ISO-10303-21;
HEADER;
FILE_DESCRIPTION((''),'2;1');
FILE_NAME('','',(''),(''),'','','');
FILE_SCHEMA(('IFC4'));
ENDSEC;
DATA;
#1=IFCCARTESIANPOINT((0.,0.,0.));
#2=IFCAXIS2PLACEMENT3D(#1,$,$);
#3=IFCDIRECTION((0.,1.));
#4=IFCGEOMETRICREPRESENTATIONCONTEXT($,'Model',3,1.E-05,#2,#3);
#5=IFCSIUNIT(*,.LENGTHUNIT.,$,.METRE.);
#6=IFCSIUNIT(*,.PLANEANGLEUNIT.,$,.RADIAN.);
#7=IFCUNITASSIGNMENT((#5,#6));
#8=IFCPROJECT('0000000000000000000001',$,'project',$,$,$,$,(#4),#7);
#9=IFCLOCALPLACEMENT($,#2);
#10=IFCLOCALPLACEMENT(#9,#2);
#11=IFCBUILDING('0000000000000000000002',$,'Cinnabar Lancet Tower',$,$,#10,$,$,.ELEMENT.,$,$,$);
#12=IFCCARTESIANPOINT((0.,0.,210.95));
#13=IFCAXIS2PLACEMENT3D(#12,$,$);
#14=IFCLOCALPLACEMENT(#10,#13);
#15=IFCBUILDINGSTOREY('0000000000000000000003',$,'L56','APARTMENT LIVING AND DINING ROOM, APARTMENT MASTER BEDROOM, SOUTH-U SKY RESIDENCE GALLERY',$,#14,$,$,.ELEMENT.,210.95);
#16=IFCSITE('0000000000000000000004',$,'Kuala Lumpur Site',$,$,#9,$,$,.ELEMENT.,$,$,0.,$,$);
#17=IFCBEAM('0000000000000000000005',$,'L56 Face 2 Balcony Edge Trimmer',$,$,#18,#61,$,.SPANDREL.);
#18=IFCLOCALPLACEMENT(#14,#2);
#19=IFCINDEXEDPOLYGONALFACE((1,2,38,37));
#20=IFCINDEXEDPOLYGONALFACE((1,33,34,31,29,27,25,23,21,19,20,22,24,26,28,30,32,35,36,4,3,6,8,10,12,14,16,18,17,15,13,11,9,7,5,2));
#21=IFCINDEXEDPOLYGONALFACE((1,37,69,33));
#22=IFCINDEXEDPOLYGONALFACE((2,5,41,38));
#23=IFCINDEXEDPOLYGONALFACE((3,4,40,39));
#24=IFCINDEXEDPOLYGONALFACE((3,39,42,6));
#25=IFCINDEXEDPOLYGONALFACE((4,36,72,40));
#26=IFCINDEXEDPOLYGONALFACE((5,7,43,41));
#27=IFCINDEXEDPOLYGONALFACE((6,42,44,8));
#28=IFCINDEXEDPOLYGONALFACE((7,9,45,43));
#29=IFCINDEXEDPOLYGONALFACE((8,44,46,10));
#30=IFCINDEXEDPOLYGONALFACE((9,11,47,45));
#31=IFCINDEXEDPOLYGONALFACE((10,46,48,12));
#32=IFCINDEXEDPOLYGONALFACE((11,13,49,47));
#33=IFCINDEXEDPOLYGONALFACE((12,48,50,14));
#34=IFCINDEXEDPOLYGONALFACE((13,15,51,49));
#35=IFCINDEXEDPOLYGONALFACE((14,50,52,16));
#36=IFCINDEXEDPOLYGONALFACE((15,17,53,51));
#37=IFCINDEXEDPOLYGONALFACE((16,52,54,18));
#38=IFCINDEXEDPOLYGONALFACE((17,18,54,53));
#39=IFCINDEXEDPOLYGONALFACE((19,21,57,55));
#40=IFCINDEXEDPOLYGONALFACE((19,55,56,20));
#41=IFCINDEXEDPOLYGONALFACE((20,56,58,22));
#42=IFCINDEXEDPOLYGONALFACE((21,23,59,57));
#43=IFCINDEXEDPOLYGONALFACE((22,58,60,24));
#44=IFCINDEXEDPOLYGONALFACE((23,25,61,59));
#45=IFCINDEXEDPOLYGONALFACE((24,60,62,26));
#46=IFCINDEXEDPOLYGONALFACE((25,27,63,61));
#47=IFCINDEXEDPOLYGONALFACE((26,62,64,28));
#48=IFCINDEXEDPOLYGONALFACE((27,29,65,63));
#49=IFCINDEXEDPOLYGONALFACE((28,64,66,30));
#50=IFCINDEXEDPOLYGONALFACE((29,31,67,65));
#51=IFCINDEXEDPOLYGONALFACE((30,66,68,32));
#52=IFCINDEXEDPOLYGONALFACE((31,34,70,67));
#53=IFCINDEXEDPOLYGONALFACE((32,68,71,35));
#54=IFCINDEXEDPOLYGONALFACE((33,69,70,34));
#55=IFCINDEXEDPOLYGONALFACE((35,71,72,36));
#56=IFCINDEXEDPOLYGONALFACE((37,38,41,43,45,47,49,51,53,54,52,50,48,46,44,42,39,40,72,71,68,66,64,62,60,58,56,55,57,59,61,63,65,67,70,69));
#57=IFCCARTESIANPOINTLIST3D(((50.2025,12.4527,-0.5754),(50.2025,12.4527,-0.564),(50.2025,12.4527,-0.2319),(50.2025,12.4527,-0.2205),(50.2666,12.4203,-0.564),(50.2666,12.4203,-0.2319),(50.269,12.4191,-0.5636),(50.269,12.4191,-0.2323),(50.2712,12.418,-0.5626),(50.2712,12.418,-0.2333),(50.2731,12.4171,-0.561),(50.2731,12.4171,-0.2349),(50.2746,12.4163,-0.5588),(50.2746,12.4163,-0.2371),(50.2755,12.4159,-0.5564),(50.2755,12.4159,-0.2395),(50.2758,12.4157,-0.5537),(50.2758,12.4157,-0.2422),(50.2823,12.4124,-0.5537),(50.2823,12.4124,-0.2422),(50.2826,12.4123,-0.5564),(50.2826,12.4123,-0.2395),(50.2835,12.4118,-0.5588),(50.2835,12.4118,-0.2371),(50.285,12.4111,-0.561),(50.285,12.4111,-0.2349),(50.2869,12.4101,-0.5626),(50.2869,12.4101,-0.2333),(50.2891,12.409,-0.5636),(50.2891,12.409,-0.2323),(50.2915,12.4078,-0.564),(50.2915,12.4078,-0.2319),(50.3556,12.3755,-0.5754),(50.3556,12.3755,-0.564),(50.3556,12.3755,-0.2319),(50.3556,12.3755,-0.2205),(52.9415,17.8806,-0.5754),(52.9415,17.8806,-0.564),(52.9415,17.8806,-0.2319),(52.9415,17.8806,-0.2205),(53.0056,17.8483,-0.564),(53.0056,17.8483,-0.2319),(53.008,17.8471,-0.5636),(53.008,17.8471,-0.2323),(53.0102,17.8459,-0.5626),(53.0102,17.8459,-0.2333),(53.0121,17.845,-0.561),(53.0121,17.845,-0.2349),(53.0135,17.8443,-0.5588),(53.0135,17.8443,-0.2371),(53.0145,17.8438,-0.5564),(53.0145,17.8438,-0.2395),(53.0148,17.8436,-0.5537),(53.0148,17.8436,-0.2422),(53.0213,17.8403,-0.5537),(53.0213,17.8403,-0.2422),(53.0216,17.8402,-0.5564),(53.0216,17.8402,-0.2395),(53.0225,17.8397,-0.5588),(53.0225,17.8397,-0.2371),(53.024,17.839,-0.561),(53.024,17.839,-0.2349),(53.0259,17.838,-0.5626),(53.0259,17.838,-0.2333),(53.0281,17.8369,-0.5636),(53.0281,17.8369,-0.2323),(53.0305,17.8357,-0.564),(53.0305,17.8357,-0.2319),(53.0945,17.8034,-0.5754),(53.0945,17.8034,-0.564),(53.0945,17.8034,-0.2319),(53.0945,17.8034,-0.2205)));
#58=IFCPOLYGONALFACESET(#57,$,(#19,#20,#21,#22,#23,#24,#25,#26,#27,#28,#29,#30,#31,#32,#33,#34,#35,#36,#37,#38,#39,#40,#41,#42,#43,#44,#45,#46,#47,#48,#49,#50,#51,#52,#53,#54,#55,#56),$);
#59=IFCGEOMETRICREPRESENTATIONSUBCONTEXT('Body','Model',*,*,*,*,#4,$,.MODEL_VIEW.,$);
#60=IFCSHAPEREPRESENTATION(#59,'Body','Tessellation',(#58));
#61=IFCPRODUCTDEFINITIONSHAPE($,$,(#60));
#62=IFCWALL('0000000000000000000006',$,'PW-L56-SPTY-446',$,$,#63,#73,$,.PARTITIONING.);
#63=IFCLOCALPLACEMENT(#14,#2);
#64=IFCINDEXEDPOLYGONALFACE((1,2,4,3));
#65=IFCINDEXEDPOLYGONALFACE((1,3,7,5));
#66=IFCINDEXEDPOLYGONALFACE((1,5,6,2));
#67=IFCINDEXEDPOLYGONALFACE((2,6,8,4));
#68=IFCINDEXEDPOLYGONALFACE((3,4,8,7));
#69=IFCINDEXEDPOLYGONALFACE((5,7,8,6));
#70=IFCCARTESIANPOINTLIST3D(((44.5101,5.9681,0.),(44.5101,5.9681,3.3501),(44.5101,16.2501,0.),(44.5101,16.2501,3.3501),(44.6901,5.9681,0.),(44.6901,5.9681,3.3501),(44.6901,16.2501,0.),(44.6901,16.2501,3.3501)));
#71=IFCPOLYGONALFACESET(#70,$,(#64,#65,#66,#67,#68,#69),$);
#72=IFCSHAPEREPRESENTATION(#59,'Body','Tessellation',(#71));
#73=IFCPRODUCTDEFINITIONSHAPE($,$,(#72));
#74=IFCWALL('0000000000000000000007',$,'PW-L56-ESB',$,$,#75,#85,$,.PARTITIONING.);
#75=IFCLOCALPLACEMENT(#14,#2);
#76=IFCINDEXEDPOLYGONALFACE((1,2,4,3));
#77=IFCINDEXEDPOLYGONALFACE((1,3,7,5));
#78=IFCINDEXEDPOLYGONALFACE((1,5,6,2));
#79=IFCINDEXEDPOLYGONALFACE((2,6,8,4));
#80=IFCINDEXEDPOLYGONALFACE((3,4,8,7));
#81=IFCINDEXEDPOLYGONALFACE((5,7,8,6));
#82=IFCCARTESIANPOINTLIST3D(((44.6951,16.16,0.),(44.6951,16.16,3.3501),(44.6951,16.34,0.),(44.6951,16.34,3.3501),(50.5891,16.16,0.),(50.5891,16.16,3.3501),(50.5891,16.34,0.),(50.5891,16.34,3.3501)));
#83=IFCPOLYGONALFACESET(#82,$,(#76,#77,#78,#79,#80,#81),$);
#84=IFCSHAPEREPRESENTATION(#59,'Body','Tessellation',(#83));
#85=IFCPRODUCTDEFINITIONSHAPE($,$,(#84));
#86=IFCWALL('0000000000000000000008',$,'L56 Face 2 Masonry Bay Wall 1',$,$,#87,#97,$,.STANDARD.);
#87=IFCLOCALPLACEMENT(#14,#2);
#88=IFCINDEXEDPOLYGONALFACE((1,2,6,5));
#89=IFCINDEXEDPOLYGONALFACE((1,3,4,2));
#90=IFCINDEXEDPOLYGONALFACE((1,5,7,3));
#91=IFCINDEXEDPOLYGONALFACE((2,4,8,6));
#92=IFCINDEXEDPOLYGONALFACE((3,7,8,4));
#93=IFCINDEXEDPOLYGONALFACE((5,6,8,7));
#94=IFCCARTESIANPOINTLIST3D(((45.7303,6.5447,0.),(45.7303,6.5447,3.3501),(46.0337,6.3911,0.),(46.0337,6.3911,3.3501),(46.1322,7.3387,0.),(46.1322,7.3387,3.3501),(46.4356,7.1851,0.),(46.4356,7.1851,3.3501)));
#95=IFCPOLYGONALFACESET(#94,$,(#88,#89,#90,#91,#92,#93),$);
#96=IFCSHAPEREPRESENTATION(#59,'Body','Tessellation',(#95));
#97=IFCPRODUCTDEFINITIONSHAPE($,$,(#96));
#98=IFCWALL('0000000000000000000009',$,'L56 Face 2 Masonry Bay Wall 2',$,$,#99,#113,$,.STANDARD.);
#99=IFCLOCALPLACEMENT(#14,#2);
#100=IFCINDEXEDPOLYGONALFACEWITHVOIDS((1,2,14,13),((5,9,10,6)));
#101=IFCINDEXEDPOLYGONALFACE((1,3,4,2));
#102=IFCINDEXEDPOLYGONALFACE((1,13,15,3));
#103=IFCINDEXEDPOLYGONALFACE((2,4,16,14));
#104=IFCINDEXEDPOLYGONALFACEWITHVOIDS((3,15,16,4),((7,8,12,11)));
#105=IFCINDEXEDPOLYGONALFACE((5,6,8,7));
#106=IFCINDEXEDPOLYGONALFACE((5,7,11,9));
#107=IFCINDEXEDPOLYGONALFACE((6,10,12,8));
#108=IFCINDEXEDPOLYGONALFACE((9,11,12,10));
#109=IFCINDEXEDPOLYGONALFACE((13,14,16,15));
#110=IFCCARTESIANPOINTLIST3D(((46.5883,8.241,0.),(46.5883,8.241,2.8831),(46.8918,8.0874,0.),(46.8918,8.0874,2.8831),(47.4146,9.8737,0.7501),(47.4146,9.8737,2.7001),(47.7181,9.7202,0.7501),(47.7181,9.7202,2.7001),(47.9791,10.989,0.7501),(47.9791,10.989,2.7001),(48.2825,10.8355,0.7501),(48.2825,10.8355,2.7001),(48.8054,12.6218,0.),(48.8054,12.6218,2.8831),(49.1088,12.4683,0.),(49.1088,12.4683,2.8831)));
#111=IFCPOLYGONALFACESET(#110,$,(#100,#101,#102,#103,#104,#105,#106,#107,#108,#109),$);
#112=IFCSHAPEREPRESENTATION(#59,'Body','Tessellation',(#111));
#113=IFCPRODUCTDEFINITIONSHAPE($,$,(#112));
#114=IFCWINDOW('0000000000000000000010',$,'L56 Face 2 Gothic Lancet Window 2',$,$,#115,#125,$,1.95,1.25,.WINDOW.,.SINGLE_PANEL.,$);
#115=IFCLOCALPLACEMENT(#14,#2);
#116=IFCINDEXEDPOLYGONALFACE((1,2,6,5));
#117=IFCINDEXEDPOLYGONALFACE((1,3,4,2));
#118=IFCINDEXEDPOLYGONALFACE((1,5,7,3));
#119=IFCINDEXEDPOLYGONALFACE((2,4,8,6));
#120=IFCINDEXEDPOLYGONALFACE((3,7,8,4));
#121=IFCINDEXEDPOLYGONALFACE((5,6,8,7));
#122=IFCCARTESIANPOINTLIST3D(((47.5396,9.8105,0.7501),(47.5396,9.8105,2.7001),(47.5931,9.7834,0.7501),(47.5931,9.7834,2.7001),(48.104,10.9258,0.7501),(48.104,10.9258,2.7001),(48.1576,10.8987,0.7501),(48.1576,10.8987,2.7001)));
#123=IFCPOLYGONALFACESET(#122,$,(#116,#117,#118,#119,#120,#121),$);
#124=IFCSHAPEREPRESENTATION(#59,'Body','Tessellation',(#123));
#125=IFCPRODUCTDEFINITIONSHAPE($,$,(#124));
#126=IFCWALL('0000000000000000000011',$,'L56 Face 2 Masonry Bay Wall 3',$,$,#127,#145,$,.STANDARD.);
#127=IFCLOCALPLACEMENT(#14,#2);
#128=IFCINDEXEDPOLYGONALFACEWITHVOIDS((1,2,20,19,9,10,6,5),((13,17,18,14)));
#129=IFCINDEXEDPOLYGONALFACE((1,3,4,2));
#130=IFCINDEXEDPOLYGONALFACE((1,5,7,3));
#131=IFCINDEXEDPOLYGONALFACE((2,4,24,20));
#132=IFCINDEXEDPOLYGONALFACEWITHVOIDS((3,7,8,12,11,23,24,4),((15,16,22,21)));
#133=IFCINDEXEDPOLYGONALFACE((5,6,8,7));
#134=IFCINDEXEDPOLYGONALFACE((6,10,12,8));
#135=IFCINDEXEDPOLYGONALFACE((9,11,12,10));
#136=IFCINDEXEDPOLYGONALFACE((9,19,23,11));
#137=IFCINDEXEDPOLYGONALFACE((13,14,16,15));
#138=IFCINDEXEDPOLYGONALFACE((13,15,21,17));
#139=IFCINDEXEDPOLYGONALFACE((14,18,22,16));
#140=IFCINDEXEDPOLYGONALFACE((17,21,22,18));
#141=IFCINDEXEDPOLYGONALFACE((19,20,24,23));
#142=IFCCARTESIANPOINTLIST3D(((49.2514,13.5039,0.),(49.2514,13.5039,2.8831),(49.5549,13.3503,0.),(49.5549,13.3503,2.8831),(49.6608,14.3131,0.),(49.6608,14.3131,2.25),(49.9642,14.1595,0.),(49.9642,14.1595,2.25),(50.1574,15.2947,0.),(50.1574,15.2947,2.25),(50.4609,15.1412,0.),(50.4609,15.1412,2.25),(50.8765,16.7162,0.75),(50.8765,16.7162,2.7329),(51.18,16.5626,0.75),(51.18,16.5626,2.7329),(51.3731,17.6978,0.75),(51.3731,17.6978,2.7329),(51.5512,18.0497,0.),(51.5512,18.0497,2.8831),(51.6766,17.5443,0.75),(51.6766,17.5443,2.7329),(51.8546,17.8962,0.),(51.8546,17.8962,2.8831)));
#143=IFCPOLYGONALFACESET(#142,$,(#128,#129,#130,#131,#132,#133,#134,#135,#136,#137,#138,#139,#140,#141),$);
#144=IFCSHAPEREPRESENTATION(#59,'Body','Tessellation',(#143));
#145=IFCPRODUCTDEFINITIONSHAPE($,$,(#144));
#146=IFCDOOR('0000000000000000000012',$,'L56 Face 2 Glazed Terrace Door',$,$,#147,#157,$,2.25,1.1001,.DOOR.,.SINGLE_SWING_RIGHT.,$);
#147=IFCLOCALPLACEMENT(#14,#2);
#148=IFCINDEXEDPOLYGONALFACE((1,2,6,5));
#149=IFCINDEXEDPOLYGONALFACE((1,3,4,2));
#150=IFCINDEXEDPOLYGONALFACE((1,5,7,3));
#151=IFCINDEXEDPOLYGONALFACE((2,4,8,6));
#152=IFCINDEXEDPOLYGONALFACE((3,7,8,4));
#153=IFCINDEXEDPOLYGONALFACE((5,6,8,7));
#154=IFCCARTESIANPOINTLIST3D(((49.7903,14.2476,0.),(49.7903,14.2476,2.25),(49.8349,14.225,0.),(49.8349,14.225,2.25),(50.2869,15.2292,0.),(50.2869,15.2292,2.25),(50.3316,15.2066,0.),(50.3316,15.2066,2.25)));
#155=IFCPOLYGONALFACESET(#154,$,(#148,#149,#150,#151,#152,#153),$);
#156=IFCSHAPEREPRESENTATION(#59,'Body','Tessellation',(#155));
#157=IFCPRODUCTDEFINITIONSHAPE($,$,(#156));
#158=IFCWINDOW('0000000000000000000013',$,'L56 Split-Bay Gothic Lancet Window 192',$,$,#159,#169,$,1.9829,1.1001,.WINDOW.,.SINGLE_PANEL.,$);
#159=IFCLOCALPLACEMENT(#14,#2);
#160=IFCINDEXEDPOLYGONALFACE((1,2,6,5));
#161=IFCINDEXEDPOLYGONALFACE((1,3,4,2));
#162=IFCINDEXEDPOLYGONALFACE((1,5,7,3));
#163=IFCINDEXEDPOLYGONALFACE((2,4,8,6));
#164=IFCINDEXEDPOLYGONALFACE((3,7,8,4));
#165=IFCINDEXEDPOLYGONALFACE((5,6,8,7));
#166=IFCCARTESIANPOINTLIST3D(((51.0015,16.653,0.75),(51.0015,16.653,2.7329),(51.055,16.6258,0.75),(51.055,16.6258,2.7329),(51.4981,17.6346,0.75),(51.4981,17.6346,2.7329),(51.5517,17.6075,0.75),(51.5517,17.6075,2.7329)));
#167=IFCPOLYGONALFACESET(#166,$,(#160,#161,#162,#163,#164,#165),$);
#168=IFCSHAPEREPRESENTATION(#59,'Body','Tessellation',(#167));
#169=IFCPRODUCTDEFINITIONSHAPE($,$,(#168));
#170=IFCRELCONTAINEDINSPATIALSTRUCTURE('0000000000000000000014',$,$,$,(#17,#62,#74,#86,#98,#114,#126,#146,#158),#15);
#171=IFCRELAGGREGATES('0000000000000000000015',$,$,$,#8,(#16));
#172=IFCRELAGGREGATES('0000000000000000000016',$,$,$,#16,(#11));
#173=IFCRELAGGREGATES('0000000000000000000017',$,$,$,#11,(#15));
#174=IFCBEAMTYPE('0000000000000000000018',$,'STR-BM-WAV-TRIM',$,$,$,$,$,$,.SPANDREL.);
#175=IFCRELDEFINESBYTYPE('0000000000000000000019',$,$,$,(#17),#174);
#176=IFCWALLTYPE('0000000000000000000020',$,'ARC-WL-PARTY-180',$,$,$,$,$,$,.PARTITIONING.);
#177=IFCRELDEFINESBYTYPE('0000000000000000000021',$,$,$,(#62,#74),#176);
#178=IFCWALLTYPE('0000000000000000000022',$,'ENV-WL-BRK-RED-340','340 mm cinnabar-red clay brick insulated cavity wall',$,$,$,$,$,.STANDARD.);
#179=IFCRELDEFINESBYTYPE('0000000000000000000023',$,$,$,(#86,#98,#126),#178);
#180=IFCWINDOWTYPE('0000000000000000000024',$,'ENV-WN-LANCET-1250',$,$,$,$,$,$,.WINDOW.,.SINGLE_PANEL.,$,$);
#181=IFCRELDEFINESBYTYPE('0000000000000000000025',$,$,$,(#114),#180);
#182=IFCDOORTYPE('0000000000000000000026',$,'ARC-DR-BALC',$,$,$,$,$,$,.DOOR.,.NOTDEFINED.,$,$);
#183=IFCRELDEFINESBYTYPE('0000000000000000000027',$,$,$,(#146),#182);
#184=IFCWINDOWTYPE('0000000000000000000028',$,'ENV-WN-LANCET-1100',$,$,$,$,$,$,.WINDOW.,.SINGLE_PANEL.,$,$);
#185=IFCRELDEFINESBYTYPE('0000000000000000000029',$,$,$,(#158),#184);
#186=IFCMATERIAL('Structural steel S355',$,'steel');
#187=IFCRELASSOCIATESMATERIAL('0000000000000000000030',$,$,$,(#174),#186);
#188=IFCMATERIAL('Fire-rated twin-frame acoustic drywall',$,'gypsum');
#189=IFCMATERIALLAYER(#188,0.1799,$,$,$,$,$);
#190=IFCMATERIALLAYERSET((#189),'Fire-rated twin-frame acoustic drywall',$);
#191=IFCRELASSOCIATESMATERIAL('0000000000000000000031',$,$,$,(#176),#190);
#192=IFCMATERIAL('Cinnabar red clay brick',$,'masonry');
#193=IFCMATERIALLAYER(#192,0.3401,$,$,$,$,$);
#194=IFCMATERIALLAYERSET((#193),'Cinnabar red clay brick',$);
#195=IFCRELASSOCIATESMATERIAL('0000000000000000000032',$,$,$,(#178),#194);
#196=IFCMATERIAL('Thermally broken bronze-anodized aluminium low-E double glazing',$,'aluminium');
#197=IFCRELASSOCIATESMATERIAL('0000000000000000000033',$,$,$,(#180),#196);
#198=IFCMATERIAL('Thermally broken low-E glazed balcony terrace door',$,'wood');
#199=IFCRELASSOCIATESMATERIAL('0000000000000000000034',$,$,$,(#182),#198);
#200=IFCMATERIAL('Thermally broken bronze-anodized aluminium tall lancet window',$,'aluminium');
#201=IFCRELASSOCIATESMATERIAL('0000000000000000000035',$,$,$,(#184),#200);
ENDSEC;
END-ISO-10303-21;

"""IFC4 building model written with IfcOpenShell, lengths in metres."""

from ifc_helpers import new_model, si_unit, direction, frame, frame_2d, origin, origin_2d, place, context, subcontext, project, spatial, rectangle, i_section, extrude, material, layer, layer_set, material_profile, profile_set, type_object, element, fill, save


model = new_model("IFC4")

# Units and contexts
model_context = context("Model", 3, precision=1e-05, world=origin(), true_north=direction((0.0, 1.0)))
body_context = subcontext(model_context, "Body", "Model", "MODEL_VIEW")
ifc_project = project(units=[si_unit("LENGTHUNIT", "METRE"), si_unit("PLANEANGLEUNIT", "RADIAN")], contexts=[model_context])

# Site, building, storey
site_placement = place(None, origin())
site = spatial("IfcSite", under=ifc_project, at=site_placement, Name="Kuala Lumpur Site", CompositionType="ELEMENT", RefElevation=0.0)
building_placement = place(site_placement, origin())
building = spatial("IfcBuilding", under=site, at=building_placement, Name="Cinnabar Lancet Tower", CompositionType="ELEMENT")
storey_placement = place(building_placement, frame((0.0, 0.0, 210.95)))
storey = spatial("IfcBuildingStorey", under=building, at=storey_placement, Name="L56", Description="APARTMENT LIVING AND DINING ROOM, APARTMENT MASTER BEDROOM, SOUTH-U SKY RESIDENCE GALLERY", CompositionType="ELEMENT", Elevation=210.95)

# Beam
ifc_material_1 = material(Name="Structural steel S355", Category="steel")
ifc_material_profile_1 = material_profile(ifc_material_1, i_section(OverallWidth=0.1714, OverallDepth=0.355, WebThickness=0.0073, FlangeThickness=0.0115, FilletRadius=0.0103, at=origin_2d()), Name="UKB 356x171x51")
ifc_profile_set_1 = profile_set([ifc_material_profile_1], Name="Structural steel S355")
beam_type_1 = type_object("IfcBeamType", Name="STR-BM-WAV-TRIM", PredefinedType="SPANDREL", material=ifc_profile_set_1)
beam_1_placement = place(storey_placement, frame((50.2791, 12.4141, -0.3979), z_axis=(0.450503, 0.892775, 0.0), x_axis=(-0.892775, 0.450503, 0.0)))
element("IfcBeam", 1, at=beam_1_placement, inside=storey, type_object=beam_type_1, Name="L56 Face 2 Balcony Edge Trimmer", PredefinedType="SPANDREL", context=body_context, shape_type="SweptSolid", body=[
    extrude(i_section(OverallWidth=0.1714, OverallDepth=0.355, WebThickness=0.0073, FlangeThickness=0.0115, FilletRadius=0.0103, at=origin_2d()), origin(), (0.0, 0.0, 1.0), 6.0798),
])

# Walls
ifc_material_2 = material(Name="Fire-rated twin-frame acoustic drywall", Category="gypsum")
ifc_layer_1 = layer(ifc_material_2, 0.1799)
ifc_layer_set_1 = layer_set([ifc_layer_1], Name="Fire-rated twin-frame acoustic drywall")
wall_type_1 = type_object("IfcWallType", Name="ARC-WL-PARTY-180", PredefinedType="PARTITIONING", material=ifc_layer_set_1)
wall_1_placement = place(storey_placement, frame((44.6001, 5.968, 0.0), z_axis=(0.0, 0.0, 1.0), x_axis=(0.0, 1.0, 0.0)))
element("IfcWall", 2, at=wall_1_placement, inside=storey, type_object=wall_type_1, Name="PW-L56-SPTY-446", PredefinedType="PARTITIONING", context=body_context, shape_type="SweptSolid", body=[
    extrude(rectangle(XDim=10.282, YDim=0.1799, at=frame_2d((5.1411, 0.0))), origin(), (0.0, 0.0, 1.0), 3.3501),
])
wall_2_placement = place(storey_placement, frame((44.6951, 16.25, 0.0), z_axis=(0.0, 0.0, 1.0), x_axis=(1.0, 0.0, 0.0)))
element("IfcWall", 3, at=wall_2_placement, inside=storey, type_object=wall_type_1, Name="PW-L56-ESB", PredefinedType="PARTITIONING", context=body_context, shape_type="SweptSolid", body=[
    extrude(rectangle(XDim=5.894, YDim=0.1799, at=frame_2d((2.947, 0.0))), origin(), (0.0, 0.0, 1.0), 3.3501),
])
ifc_material_3 = material(Name="Cinnabar red clay brick", Category="masonry")
ifc_layer_2 = layer(ifc_material_3, 0.3401)
ifc_layer_set_2 = layer_set([ifc_layer_2], Name="Cinnabar red clay brick")
wall_type_2 = type_object("IfcWallType", Name="ENV-WL-BRK-RED-340", Description="340 mm cinnabar-red clay brick insulated cavity wall", PredefinedType="STANDARD", material=ifc_layer_set_2)
wall_3_placement = place(storey_placement, frame((45.8821, 6.468, 0.0), z_axis=(0.0, 0.0, 1.0), x_axis=(0.451598, 0.892222, 0.0)))
element("IfcWall", 4, at=wall_3_placement, inside=storey, type_object=wall_type_2, Name="L56 Face 2 Masonry Bay Wall 1", PredefinedType="STANDARD", context=body_context, shape_type="SweptSolid", body=[
    extrude(rectangle(XDim=0.8899, YDim=0.3401, at=frame_2d((0.4448, 0.0))), origin(), (0.0, 0.0, 1.0), 3.3501),
])

# Wall, opening, window
wall_4_placement = place(storey_placement, frame((46.74, 8.1641, 0.0), z_axis=(0.0, 0.0, 1.0), x_axis=(0.451544, 0.892249, 0.0)))
wall_4 = element("IfcWall", 5, at=wall_4_placement, inside=storey, type_object=wall_type_2, Name="L56 Face 2 Masonry Bay Wall 2", PredefinedType="STANDARD", context=body_context, shape_type="SweptSolid", body=[
    extrude(rectangle(XDim=4.9099, YDim=0.3401, at=frame_2d((2.4551, 0.0))), origin(), (0.0, 0.0, 1.0), 2.8831),
])
opening_1_placement = place(wall_4_placement, frame((1.8301, 0.0, 0.75)))
opening_1 = element("IfcOpeningElement", 6, at=opening_1_placement, cuts=wall_4, PredefinedType="OPENING", context=body_context, shape_type="SweptSolid", body=[
    extrude(rectangle(XDim=1.25, YDim=1.95, at=frame_2d((0.625, 0.9751))), frame((0.0, 0.1799, 0.0), z_axis=(0.0, -1.0, 0.0), x_axis=(1.0, 0.0, 0.0)), (0.0, 0.0, 1.0), 0.3601),
])
ifc_material_4 = material(Name="Thermally broken bronze-anodized aluminium low-E double glazing", Category="aluminium")
window_type_1 = type_object("IfcWindowType", Name="ENV-WN-LANCET-1250", PartitioningType="SINGLE_PANEL", PredefinedType="WINDOW", material=ifc_material_4)
window_1_placement = place(opening_1_placement, origin())
window_1 = element("IfcWindow", 7, at=window_1_placement, inside=storey, type_object=window_type_1, Name="L56 Face 2 Gothic Lancet Window 2", OverallHeight=1.95, OverallWidth=1.25, PartitioningType="SINGLE_PANEL", PredefinedType="WINDOW", context=body_context, shape_type="SweptSolid", body=[
    extrude(rectangle(XDim=1.25, YDim=1.95, at=frame_2d((0.625, 0.9751))), frame((0.0, 0.03, 0.0), z_axis=(0.0, -1.0, 0.0), x_axis=(1.0, 0.0, 0.0)), (0.0, 0.0, 1.0), 0.0601),
])
fill(opening_1, window_1)

# Wall, openings, door, window
wall_5_placement = place(storey_placement, frame((49.4031, 13.427, 0.0), z_axis=(0.0, 0.0, 1.0), x_axis=(0.451426, 0.892309, 0.0)))
wall_5 = element("IfcWall", 8, at=wall_5_placement, inside=storey, type_object=wall_type_2, Name="L56 Face 2 Masonry Bay Wall 3", PredefinedType="STANDARD", context=body_context, shape_type="SweptSolid", body=[
    extrude(rectangle(XDim=5.0945, YDim=0.3401, at=frame_2d((2.5474, 0.0))), origin(), (0.0, 0.0, 1.0), 2.8831),
])
opening_2_placement = place(wall_5_placement, frame((0.907, 0.0, 0.0)))
opening_2 = element("IfcOpeningElement", 9, at=opening_2_placement, cuts=wall_5, PredefinedType="OPENING", context=body_context, shape_type="SweptSolid", body=[
    extrude(rectangle(XDim=1.1001, YDim=2.25, at=frame_2d((0.55, 1.125))), frame((0.0, 0.1799, 0.0), z_axis=(0.0, -1.0, 0.0), x_axis=(1.0, 0.0, 0.0)), (0.0, 0.0, 1.0), 0.3601),
])
opening_3_placement = place(wall_5_placement, frame((3.6001, 0.0, 0.75)))
opening_3 = element("IfcOpeningElement", 10, at=opening_3_placement, cuts=wall_5, PredefinedType="OPENING", context=body_context, shape_type="SweptSolid", body=[
    extrude(rectangle(XDim=1.1001, YDim=1.9829, at=frame_2d((0.55, 0.9915))), frame((0.0, 0.1799, 0.0), z_axis=(0.0, -1.0, 0.0), x_axis=(1.0, 0.0, 0.0)), (0.0, 0.0, 1.0), 0.3601),
])
ifc_material_5 = material(Name="Thermally broken low-E glazed balcony terrace door", Category="wood")
door_type = type_object("IfcDoorType", Name="ARC-DR-BALC", OperationType="NOTDEFINED", PredefinedType="DOOR", material=ifc_material_5)
door_placement = place(opening_2_placement, origin())
door = element("IfcDoor", 11, at=door_placement, inside=storey, type_object=door_type, Name="L56 Face 2 Glazed Terrace Door", OperationType="SINGLE_SWING_RIGHT", OverallHeight=2.25, OverallWidth=1.1001, PredefinedType="DOOR", context=body_context, shape_type="SweptSolid", body=[
    extrude(rectangle(XDim=1.1001, YDim=2.25, at=frame_2d((0.55, 1.125))), frame((0.0, 0.0249, 0.0), z_axis=(0.0, -1.0, 0.0), x_axis=(1.0, 0.0, 0.0)), (0.0, 0.0, 1.0), 0.05),
])
fill(opening_2, door)
ifc_material_6 = material(Name="Thermally broken bronze-anodized aluminium tall lancet window", Category="aluminium")
window_type_2 = type_object("IfcWindowType", Name="ENV-WN-LANCET-1100", PartitioningType="SINGLE_PANEL", PredefinedType="WINDOW", material=ifc_material_6)
window_2_placement = place(opening_3_placement, origin())
window_2 = element("IfcWindow", 12, at=window_2_placement, inside=storey, type_object=window_type_2, Name="L56 Split-Bay Gothic Lancet Window 192", OverallHeight=1.9829, OverallWidth=1.1001, PartitioningType="SINGLE_PANEL", PredefinedType="WINDOW", context=body_context, shape_type="SweptSolid", body=[
    extrude(rectangle(XDim=1.1001, YDim=1.9829, at=frame_2d((0.55, 0.9915))), frame((0.0, 0.03, 0.0), z_axis=(0.0, -1.0, 0.0), x_axis=(1.0, 0.0, 0.0)), (0.0, 0.0, 1.0), 0.0601),
])
fill(opening_3, window_2)

save(model, "model.ifc")
